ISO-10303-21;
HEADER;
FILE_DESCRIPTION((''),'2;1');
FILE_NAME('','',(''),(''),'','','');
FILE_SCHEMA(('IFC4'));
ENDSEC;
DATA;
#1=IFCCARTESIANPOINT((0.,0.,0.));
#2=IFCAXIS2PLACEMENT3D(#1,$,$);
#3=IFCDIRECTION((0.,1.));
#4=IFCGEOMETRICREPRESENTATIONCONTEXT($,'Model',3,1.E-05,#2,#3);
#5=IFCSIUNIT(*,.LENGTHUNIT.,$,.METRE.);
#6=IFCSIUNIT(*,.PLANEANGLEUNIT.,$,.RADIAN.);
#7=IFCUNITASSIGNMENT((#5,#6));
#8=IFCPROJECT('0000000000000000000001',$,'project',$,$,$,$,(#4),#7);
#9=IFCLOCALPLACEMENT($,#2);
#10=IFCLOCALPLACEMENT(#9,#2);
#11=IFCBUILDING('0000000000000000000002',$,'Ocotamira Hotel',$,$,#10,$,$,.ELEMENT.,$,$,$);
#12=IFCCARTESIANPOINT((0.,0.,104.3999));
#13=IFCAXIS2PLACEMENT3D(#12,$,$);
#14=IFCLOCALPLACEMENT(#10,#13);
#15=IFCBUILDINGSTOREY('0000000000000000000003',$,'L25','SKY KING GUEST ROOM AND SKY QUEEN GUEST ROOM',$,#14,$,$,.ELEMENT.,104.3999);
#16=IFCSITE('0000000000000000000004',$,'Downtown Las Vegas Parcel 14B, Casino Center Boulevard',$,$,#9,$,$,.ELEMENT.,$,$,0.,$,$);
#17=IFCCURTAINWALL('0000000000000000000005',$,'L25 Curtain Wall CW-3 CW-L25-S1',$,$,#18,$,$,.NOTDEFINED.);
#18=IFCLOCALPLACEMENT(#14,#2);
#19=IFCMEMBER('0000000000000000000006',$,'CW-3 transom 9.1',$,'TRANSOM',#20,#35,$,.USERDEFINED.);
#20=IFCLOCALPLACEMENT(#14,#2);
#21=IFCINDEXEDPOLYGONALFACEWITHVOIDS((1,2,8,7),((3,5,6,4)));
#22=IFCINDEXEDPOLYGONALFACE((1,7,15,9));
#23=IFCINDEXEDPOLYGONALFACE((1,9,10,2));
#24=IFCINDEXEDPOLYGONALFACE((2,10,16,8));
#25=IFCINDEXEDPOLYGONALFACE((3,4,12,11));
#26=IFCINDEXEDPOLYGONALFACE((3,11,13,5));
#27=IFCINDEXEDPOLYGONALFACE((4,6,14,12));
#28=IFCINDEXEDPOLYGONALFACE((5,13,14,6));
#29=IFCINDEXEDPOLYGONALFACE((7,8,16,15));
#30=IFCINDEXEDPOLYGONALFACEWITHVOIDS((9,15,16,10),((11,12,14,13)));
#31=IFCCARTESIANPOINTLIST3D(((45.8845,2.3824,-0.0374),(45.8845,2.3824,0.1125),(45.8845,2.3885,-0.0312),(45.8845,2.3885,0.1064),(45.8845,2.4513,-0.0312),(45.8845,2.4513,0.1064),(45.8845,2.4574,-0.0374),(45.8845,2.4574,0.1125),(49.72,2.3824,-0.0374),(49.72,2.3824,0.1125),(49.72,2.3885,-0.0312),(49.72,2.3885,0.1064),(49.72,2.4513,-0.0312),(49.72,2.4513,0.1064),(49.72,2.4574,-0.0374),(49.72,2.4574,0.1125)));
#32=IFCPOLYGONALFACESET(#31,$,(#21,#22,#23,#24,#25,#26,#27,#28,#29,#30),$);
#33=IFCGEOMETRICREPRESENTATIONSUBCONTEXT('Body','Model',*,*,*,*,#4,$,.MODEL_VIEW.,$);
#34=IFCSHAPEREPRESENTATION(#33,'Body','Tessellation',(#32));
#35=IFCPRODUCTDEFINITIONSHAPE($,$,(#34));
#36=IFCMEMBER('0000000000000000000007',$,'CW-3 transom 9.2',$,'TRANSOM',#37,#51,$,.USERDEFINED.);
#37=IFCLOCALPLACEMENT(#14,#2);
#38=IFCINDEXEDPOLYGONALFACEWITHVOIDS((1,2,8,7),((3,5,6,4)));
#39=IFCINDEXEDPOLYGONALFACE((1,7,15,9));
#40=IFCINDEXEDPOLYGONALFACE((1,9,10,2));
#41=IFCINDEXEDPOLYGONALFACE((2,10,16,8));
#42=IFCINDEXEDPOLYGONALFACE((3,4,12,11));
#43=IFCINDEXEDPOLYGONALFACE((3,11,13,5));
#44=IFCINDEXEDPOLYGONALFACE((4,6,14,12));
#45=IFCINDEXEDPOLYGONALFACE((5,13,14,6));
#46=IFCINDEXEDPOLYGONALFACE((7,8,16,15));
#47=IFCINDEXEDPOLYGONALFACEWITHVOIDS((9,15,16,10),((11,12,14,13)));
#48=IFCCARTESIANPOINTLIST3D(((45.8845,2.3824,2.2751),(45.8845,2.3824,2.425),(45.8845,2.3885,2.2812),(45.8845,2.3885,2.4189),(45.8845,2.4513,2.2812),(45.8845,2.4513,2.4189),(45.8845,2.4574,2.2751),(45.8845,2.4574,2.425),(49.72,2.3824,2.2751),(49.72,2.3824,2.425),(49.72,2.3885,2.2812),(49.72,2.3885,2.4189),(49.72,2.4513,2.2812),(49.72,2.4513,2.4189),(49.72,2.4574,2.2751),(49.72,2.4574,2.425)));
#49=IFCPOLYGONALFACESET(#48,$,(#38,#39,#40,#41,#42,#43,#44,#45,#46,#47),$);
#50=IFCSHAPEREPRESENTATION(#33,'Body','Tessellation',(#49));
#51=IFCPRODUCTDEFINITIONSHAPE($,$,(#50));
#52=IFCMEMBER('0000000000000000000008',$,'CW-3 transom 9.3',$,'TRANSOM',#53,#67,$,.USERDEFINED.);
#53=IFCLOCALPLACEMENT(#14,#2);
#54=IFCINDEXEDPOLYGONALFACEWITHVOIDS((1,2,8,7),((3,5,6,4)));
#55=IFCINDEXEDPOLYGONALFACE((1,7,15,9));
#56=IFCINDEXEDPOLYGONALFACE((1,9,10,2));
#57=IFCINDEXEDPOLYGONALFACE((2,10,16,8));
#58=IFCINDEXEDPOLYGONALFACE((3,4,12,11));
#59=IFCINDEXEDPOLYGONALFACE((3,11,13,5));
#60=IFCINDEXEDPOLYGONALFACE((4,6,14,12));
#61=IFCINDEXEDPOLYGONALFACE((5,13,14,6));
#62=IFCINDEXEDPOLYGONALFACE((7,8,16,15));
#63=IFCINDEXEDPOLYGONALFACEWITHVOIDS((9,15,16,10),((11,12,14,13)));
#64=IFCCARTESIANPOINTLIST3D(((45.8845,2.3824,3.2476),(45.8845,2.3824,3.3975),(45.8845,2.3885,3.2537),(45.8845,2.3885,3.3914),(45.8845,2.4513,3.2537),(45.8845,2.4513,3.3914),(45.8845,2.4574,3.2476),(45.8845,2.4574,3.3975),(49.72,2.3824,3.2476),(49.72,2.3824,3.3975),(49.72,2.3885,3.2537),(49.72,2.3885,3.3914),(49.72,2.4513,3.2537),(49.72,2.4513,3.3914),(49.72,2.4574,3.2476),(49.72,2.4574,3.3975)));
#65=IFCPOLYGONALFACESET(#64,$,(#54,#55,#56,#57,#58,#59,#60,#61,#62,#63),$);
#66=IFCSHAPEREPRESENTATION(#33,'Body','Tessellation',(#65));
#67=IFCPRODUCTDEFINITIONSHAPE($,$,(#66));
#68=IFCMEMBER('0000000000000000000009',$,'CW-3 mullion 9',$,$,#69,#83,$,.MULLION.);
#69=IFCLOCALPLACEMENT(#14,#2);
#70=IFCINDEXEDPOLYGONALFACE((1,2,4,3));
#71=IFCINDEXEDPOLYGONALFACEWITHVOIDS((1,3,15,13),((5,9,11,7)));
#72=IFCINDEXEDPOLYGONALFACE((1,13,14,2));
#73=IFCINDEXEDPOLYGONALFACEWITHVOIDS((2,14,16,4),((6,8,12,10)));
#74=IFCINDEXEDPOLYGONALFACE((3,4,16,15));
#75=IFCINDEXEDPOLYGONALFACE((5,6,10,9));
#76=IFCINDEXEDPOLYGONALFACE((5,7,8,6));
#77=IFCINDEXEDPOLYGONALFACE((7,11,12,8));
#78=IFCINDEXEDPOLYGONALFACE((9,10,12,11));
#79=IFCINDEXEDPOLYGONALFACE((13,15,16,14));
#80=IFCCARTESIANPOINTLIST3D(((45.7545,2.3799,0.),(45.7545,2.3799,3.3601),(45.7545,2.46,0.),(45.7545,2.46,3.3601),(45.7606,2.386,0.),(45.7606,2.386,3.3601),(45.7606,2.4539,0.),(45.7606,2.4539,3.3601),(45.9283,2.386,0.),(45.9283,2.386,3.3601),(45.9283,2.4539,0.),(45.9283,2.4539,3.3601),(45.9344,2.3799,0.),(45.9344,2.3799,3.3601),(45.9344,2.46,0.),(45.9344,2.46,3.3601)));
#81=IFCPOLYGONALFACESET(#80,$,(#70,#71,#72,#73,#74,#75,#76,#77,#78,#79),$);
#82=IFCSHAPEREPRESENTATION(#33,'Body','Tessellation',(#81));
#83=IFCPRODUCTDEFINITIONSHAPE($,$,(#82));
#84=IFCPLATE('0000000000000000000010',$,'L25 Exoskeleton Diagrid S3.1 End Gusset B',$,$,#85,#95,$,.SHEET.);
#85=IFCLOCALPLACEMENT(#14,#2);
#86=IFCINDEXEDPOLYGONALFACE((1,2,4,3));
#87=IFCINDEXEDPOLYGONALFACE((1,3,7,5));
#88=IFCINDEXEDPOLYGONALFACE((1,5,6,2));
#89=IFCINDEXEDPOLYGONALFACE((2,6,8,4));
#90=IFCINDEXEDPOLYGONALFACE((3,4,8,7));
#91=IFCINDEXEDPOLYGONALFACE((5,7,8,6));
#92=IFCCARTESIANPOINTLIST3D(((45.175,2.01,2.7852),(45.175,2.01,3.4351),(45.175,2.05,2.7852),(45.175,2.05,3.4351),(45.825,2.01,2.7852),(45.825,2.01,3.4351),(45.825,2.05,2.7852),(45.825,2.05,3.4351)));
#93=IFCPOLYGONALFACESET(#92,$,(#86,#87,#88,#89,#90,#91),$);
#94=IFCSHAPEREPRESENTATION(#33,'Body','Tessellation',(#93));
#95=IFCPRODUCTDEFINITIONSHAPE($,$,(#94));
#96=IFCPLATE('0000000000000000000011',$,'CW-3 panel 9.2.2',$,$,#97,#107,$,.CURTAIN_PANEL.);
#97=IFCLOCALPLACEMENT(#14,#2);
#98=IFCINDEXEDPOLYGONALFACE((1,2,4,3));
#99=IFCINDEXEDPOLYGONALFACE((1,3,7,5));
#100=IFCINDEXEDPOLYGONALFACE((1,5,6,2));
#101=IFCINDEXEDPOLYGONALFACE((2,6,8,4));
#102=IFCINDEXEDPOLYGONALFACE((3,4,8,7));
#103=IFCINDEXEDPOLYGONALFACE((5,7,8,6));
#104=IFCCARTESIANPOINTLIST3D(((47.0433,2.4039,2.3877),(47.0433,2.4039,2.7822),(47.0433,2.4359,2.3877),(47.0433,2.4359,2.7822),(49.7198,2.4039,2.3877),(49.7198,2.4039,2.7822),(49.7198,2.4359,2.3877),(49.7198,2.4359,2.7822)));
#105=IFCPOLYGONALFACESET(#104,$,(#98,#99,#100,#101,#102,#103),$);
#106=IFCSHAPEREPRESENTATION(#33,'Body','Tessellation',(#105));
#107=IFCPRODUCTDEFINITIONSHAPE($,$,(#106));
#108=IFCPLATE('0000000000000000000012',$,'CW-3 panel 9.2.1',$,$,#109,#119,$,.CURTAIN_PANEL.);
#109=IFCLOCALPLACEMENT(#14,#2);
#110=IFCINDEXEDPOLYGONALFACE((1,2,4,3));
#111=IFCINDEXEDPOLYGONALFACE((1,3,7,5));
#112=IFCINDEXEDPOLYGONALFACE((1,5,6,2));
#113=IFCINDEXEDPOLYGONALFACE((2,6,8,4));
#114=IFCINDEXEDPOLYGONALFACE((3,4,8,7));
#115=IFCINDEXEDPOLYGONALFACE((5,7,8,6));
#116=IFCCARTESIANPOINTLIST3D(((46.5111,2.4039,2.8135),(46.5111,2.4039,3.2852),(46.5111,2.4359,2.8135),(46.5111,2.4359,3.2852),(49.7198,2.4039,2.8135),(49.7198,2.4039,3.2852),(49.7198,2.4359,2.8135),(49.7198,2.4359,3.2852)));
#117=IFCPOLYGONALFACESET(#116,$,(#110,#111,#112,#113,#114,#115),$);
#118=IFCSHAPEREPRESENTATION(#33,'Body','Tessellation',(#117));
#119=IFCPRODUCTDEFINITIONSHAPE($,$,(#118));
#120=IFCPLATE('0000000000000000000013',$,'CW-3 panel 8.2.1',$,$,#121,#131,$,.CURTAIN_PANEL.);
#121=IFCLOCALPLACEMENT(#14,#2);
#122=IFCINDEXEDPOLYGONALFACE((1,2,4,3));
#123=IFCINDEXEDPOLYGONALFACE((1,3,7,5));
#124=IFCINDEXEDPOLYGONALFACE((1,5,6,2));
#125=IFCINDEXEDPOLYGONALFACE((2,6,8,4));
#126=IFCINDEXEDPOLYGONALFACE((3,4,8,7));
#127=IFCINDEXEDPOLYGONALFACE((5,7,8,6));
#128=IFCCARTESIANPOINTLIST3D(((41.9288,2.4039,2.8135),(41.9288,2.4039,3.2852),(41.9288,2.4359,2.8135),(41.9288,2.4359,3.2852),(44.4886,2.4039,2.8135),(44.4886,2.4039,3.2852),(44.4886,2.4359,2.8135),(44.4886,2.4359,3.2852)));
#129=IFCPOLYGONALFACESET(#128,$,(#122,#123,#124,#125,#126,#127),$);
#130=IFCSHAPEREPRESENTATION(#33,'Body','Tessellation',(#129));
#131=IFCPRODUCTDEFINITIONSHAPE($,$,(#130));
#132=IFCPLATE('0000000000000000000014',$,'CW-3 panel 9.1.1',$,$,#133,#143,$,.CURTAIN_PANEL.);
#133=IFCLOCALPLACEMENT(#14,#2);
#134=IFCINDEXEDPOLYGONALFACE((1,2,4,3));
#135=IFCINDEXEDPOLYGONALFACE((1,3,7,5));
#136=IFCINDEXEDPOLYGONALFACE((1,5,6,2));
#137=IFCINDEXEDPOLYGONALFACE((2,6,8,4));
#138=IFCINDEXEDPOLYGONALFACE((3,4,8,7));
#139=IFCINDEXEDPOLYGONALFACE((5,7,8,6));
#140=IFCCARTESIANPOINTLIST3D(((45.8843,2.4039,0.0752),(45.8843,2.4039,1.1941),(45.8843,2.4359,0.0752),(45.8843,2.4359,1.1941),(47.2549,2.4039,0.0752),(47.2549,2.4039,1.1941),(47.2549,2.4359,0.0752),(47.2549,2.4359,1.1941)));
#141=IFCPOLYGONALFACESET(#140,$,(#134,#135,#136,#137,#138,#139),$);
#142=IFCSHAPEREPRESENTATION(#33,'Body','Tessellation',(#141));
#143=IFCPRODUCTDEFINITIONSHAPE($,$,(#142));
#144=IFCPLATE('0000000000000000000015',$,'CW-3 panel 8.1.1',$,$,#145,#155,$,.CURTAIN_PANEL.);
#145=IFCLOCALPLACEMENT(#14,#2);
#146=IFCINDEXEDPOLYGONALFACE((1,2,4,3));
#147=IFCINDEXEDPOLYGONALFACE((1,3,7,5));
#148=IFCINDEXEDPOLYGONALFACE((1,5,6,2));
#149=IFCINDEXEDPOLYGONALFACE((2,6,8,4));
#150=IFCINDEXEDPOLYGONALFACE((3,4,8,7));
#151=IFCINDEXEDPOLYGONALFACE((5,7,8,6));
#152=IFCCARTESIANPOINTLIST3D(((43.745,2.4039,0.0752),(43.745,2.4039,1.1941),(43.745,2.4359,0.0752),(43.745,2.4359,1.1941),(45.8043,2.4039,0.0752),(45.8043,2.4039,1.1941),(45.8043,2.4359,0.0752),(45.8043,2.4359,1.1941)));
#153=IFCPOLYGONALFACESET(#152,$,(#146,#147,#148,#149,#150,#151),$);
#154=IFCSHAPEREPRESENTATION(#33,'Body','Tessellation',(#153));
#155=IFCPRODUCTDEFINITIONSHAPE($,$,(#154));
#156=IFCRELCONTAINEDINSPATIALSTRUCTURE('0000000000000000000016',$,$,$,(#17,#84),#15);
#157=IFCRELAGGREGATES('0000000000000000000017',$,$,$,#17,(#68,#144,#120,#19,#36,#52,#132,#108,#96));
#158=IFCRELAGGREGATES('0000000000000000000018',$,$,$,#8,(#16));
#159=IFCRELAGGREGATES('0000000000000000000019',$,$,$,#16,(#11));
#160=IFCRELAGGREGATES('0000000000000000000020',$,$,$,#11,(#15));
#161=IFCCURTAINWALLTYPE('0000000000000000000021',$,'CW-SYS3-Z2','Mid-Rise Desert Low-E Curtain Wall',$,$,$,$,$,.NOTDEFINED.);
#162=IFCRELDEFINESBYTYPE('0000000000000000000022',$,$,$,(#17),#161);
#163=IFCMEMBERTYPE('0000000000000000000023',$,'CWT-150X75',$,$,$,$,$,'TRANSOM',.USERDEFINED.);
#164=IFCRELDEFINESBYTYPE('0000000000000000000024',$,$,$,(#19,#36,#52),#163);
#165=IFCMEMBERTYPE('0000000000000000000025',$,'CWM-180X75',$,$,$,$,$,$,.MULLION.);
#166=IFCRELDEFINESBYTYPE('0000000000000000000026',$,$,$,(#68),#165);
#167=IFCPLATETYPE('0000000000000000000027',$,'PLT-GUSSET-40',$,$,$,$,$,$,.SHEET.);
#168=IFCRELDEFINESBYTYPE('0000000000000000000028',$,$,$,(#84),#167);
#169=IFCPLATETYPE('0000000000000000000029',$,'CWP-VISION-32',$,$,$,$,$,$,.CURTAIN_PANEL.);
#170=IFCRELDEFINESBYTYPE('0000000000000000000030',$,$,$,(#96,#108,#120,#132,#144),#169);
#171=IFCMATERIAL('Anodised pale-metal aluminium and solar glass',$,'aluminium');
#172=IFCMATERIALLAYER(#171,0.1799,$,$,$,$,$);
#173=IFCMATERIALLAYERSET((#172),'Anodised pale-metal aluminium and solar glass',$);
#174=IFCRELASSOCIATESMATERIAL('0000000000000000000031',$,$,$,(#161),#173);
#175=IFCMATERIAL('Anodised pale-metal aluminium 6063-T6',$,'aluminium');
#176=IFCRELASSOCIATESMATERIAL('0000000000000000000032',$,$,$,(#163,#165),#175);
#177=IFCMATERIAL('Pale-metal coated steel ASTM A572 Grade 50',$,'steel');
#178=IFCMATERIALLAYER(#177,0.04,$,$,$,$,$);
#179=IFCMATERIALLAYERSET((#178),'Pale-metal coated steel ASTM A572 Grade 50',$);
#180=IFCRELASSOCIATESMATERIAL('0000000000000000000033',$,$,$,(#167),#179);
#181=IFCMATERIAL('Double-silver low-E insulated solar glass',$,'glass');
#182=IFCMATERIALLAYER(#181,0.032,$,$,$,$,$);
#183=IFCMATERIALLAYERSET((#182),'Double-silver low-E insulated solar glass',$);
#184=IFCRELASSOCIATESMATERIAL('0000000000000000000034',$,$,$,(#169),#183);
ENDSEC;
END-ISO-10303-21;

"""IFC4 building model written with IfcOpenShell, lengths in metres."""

from ifc_helpers import new_model, si_unit, direction, frame, origin, origin_2d, place, context, subcontext, project, spatial, rectangle, hollow_rectangle, extrude, source, transform, mapped, material, layer, layer_set, material_profile, profile_set, type_object, element, aggregate, save


model = new_model("IFC4")

# Units and contexts
model_context = context("Model", 3, precision=1e-05, world=origin(), true_north=direction((0.0, 1.0)))
body_context = subcontext(model_context, "Body", "Model", "MODEL_VIEW")
ifc_project = project(units=[si_unit("LENGTHUNIT", "METRE"), si_unit("PLANEANGLEUNIT", "RADIAN")], contexts=[model_context])

# Site, building, storey
site_placement = place(None, origin())
site = spatial("IfcSite", under=ifc_project, at=site_placement, Name="Downtown Las Vegas Parcel 14B, Casino Center Boulevard", CompositionType="ELEMENT", RefElevation=0.0)
building_placement = place(site_placement, origin())
building = spatial("IfcBuilding", under=site, at=building_placement, Name="Ocotamira Hotel", CompositionType="ELEMENT")
storey_placement = place(building_placement, frame((0.0, 0.0, 104.3999)))
storey = spatial("IfcBuildingStorey", under=building, at=storey_placement, Name="L25", Description="SKY KING GUEST ROOM AND SKY QUEEN GUEST ROOM", CompositionType="ELEMENT", Elevation=104.3999)

# Curtain wall, members
ifc_material_1 = material(Name="Anodised pale-metal aluminium and solar glass", Category="aluminium")
ifc_layer_1 = layer(ifc_material_1, 0.1799)
ifc_layer_set_1 = layer_set([ifc_layer_1], Name="Anodised pale-metal aluminium and solar glass")
curtain_wall_type = type_object("IfcCurtainWallType", Name="CW-SYS3-Z2", Description="Mid-Rise Desert Low-E Curtain Wall", PredefinedType="NOTDEFINED", material=ifc_layer_set_1)
curtain_wall_placement = place(storey_placement, origin())
curtain_wall = element("IfcCurtainWall", 1, at=curtain_wall_placement, inside=storey, type_object=curtain_wall_type, Name="L25 Curtain Wall CW-3 CW-L25-S1", PredefinedType="NOTDEFINED")
ifc_material_2 = material(Name="Anodised pale-metal aluminium 6063-T6", Category="aluminium")
ifc_material_profile_1 = material_profile(ifc_material_2, hollow_rectangle(XDim=0.075, YDim=0.1499, WallThickness=0.0061, at=origin_2d()), Name="HSS150X75X6")
ifc_profile_set_1 = profile_set([ifc_material_profile_1], Name="Anodised pale-metal aluminium 6063-T6")
member_type_1 = type_object("IfcMemberType", Name="CWT-150X75", ElementType="TRANSOM", PredefinedType="USERDEFINED", material=ifc_profile_set_1)
shared_shape_1 = source(origin(), body_context, "Body", "SweptSolid", [
    extrude(hollow_rectangle(XDim=0.075, YDim=0.1499, WallThickness=0.0061, at=origin_2d()), origin(), (0.0, 0.0, 1.0), 3.8354),
])
member_1_placement = place(storey_placement, frame((45.8845, 2.4199, 0.0376), z_axis=(1.0, 0.0, 0.0), x_axis=(0.0, 1.0, 0.0)))
member_1 = element("IfcMember", 2, at=member_1_placement, type_object=member_type_1, Name="CW-3 transom 9.1", ObjectType="TRANSOM", PredefinedType="USERDEFINED", context=body_context, shape_type="MappedRepresentation", body=[
    mapped(shared_shape_1, transform((0.0, 0.0, 0.0), scale=1.0)),
])
member_2_placement = place(storey_placement, frame((45.8845, 2.4199, 2.3501), z_axis=(1.0, 0.0, 0.0), x_axis=(0.0, 1.0, 0.0)))
member_2 = element("IfcMember", 3, at=member_2_placement, type_object=member_type_1, Name="CW-3 transom 9.2", ObjectType="TRANSOM", PredefinedType="USERDEFINED", context=body_context, shape_type="MappedRepresentation", body=[
    mapped(shared_shape_1, transform((0.0, 0.0, 0.0), scale=1.0)),
])
member_3_placement = place(storey_placement, frame((45.8845, 2.4199, 3.3225), z_axis=(1.0, 0.0, 0.0), x_axis=(0.0, 1.0, 0.0)))
member_3 = element("IfcMember", 4, at=member_3_placement, type_object=member_type_1, Name="CW-3 transom 9.3", ObjectType="TRANSOM", PredefinedType="USERDEFINED", context=body_context, shape_type="MappedRepresentation", body=[
    mapped(shared_shape_1, transform((0.0, 0.0, 0.0), scale=1.0)),
])
ifc_material_profile_2 = material_profile(ifc_material_2, hollow_rectangle(XDim=0.0801, YDim=0.1799, WallThickness=0.0061, at=origin_2d()), Name="HSS180X80X6")
ifc_profile_set_2 = profile_set([ifc_material_profile_2], Name="Anodised pale-metal aluminium 6063-T6")
member_type_2 = type_object("IfcMemberType", Name="CWM-180X75", PredefinedType="MULLION", material=ifc_profile_set_2)
shared_shape_2 = source(origin(), body_context, "Body", "SweptSolid", [
    extrude(hollow_rectangle(XDim=0.0801, YDim=0.1799, WallThickness=0.0061, at=origin_2d()), origin(), (0.0, 0.0, 1.0), 3.3601),
])
member_4_placement = place(storey_placement, frame((45.8445, 2.4199, 0.0), z_axis=(0.0, 0.0, 1.0), x_axis=(0.0, 1.0, 0.0)))
member_4 = element("IfcMember", 5, at=member_4_placement, type_object=member_type_2, Name="CW-3 mullion 9", PredefinedType="MULLION", context=body_context, shape_type="MappedRepresentation", body=[
    mapped(shared_shape_2, transform((0.0, 0.0, 0.0), scale=1.0)),
])

# Plates
ifc_material_3 = material(Name="Pale-metal coated steel ASTM A572 Grade 50", Category="steel")
ifc_layer_2 = layer(ifc_material_3, 0.04)
ifc_layer_set_2 = layer_set([ifc_layer_2], Name="Pale-metal coated steel ASTM A572 Grade 50")
plate_type_1 = type_object("IfcPlateType", Name="PLT-GUSSET-40", PredefinedType="SHEET", material=ifc_layer_set_2)
shared_shape_3 = source(origin(), body_context, "Body", "SweptSolid", [
    extrude(rectangle(XDim=0.6499, YDim=0.04, at=origin_2d()), origin(), (0.0, 0.0, 1.0), 0.6499),
])
plate_1_placement = place(storey_placement, frame((45.5, 2.03, 2.7852), z_axis=(0.0, 0.0, 1.0), x_axis=(1.0, 0.0, 0.0)))
element("IfcPlate", 6, at=plate_1_placement, inside=storey, type_object=plate_type_1, Name="L25 Exoskeleton Diagrid S3.1 End Gusset B", PredefinedType="SHEET", context=body_context, shape_type="MappedRepresentation", body=[
    mapped(shared_shape_3, transform((0.0, 0.0, 0.0), scale=1.0)),
])
ifc_material_4 = material(Name="Double-silver low-E insulated solar glass", Category="glass")
ifc_layer_3 = layer(ifc_material_4, 0.032)
ifc_layer_set_3 = layer_set([ifc_layer_3], Name="Double-silver low-E insulated solar glass")
plate_type_2 = type_object("IfcPlateType", Name="CWP-VISION-32", PredefinedType="CURTAIN_PANEL", material=ifc_layer_set_3)
shared_shape_4 = source(origin(), body_context, "Body", "SweptSolid", [
    extrude(rectangle(XDim=2.6765, YDim=0.032, at=origin_2d()), origin(), (0.0, 0.0, 1.0), 0.3945),
])
plate_2_placement = place(storey_placement, frame((48.3816, 2.4199, 2.3877), z_axis=(0.0, 0.0, 1.0), x_axis=(1.0, 0.0, 0.0)))
plate_2 = element("IfcPlate", 7, at=plate_2_placement, type_object=plate_type_2, Name="CW-3 panel 9.2.2", PredefinedType="CURTAIN_PANEL", context=body_context, shape_type="MappedRepresentation", body=[
    mapped(shared_shape_4, transform((0.0, 0.0, 0.0), scale=1.0)),
])
shared_shape_5 = source(origin(), body_context, "Body", "SweptSolid", [
    extrude(rectangle(XDim=3.2087, YDim=0.032, at=origin_2d()), origin(), (0.0, 0.0, 1.0), 0.4717),
])
plate_3_placement = place(storey_placement, frame((48.1155, 2.4199, 2.8135), z_axis=(0.0, 0.0, 1.0), x_axis=(1.0, 0.0, 0.0)))
plate_3 = element("IfcPlate", 8, at=plate_3_placement, type_object=plate_type_2, Name="CW-3 panel 9.2.1", PredefinedType="CURTAIN_PANEL", context=body_context, shape_type="MappedRepresentation", body=[
    mapped(shared_shape_5, transform((0.0, 0.0, 0.0), scale=1.0)),
])
shared_shape_6 = source(origin(), body_context, "Body", "SweptSolid", [
    extrude(rectangle(XDim=2.5598, YDim=0.032, at=origin_2d()), origin(), (0.0, 0.0, 1.0), 0.4717),
])
plate_4_placement = place(storey_placement, frame((43.2087, 2.4199, 2.8135), z_axis=(0.0, 0.0, 1.0), x_axis=(1.0, 0.0, 0.0)))
plate_4 = element("IfcPlate", 9, at=plate_4_placement, type_object=plate_type_2, Name="CW-3 panel 8.2.1", PredefinedType="CURTAIN_PANEL", context=body_context, shape_type="MappedRepresentation", body=[
    mapped(shared_shape_6, transform((0.0, 0.0, 0.0), scale=1.0)),
])
shared_shape_7 = source(origin(), body_context, "Body", "SweptSolid", [
    extrude(rectangle(XDim=1.3706, YDim=0.032, at=origin_2d()), origin(), (0.0, 0.0, 1.0), 1.1189),
])
plate_5_placement = place(storey_placement, frame((46.5696, 2.4199, 0.0752), z_axis=(0.0, 0.0, 1.0), x_axis=(1.0, 0.0, 0.0)))
plate_5 = element("IfcPlate", 10, at=plate_5_placement, type_object=plate_type_2, Name="CW-3 panel 9.1.1", PredefinedType="CURTAIN_PANEL", context=body_context, shape_type="MappedRepresentation", body=[
    mapped(shared_shape_7, transform((0.0, 0.0, 0.0), scale=1.0)),
])
shared_shape_8 = source(origin(), body_context, "Body", "SweptSolid", [
    extrude(rectangle(XDim=2.0593, YDim=0.032, at=origin_2d()), origin(), (0.0, 0.0, 1.0), 1.1189),
])
plate_6_placement = place(storey_placement, frame((44.7747, 2.4199, 0.0752), z_axis=(0.0, 0.0, 1.0), x_axis=(1.0, 0.0, 0.0)))
plate_6 = element("IfcPlate", 11, at=plate_6_placement, type_object=plate_type_2, Name="CW-3 panel 8.1.1", PredefinedType="CURTAIN_PANEL", context=body_context, shape_type="MappedRepresentation", body=[
    mapped(shared_shape_8, transform((0.0, 0.0, 0.0), scale=1.0)),
])
aggregate(curtain_wall, [member_4, plate_6, plate_4, member_1, member_2, member_3, plate_5, plate_3, plate_2])

save(model, "model.ifc")
